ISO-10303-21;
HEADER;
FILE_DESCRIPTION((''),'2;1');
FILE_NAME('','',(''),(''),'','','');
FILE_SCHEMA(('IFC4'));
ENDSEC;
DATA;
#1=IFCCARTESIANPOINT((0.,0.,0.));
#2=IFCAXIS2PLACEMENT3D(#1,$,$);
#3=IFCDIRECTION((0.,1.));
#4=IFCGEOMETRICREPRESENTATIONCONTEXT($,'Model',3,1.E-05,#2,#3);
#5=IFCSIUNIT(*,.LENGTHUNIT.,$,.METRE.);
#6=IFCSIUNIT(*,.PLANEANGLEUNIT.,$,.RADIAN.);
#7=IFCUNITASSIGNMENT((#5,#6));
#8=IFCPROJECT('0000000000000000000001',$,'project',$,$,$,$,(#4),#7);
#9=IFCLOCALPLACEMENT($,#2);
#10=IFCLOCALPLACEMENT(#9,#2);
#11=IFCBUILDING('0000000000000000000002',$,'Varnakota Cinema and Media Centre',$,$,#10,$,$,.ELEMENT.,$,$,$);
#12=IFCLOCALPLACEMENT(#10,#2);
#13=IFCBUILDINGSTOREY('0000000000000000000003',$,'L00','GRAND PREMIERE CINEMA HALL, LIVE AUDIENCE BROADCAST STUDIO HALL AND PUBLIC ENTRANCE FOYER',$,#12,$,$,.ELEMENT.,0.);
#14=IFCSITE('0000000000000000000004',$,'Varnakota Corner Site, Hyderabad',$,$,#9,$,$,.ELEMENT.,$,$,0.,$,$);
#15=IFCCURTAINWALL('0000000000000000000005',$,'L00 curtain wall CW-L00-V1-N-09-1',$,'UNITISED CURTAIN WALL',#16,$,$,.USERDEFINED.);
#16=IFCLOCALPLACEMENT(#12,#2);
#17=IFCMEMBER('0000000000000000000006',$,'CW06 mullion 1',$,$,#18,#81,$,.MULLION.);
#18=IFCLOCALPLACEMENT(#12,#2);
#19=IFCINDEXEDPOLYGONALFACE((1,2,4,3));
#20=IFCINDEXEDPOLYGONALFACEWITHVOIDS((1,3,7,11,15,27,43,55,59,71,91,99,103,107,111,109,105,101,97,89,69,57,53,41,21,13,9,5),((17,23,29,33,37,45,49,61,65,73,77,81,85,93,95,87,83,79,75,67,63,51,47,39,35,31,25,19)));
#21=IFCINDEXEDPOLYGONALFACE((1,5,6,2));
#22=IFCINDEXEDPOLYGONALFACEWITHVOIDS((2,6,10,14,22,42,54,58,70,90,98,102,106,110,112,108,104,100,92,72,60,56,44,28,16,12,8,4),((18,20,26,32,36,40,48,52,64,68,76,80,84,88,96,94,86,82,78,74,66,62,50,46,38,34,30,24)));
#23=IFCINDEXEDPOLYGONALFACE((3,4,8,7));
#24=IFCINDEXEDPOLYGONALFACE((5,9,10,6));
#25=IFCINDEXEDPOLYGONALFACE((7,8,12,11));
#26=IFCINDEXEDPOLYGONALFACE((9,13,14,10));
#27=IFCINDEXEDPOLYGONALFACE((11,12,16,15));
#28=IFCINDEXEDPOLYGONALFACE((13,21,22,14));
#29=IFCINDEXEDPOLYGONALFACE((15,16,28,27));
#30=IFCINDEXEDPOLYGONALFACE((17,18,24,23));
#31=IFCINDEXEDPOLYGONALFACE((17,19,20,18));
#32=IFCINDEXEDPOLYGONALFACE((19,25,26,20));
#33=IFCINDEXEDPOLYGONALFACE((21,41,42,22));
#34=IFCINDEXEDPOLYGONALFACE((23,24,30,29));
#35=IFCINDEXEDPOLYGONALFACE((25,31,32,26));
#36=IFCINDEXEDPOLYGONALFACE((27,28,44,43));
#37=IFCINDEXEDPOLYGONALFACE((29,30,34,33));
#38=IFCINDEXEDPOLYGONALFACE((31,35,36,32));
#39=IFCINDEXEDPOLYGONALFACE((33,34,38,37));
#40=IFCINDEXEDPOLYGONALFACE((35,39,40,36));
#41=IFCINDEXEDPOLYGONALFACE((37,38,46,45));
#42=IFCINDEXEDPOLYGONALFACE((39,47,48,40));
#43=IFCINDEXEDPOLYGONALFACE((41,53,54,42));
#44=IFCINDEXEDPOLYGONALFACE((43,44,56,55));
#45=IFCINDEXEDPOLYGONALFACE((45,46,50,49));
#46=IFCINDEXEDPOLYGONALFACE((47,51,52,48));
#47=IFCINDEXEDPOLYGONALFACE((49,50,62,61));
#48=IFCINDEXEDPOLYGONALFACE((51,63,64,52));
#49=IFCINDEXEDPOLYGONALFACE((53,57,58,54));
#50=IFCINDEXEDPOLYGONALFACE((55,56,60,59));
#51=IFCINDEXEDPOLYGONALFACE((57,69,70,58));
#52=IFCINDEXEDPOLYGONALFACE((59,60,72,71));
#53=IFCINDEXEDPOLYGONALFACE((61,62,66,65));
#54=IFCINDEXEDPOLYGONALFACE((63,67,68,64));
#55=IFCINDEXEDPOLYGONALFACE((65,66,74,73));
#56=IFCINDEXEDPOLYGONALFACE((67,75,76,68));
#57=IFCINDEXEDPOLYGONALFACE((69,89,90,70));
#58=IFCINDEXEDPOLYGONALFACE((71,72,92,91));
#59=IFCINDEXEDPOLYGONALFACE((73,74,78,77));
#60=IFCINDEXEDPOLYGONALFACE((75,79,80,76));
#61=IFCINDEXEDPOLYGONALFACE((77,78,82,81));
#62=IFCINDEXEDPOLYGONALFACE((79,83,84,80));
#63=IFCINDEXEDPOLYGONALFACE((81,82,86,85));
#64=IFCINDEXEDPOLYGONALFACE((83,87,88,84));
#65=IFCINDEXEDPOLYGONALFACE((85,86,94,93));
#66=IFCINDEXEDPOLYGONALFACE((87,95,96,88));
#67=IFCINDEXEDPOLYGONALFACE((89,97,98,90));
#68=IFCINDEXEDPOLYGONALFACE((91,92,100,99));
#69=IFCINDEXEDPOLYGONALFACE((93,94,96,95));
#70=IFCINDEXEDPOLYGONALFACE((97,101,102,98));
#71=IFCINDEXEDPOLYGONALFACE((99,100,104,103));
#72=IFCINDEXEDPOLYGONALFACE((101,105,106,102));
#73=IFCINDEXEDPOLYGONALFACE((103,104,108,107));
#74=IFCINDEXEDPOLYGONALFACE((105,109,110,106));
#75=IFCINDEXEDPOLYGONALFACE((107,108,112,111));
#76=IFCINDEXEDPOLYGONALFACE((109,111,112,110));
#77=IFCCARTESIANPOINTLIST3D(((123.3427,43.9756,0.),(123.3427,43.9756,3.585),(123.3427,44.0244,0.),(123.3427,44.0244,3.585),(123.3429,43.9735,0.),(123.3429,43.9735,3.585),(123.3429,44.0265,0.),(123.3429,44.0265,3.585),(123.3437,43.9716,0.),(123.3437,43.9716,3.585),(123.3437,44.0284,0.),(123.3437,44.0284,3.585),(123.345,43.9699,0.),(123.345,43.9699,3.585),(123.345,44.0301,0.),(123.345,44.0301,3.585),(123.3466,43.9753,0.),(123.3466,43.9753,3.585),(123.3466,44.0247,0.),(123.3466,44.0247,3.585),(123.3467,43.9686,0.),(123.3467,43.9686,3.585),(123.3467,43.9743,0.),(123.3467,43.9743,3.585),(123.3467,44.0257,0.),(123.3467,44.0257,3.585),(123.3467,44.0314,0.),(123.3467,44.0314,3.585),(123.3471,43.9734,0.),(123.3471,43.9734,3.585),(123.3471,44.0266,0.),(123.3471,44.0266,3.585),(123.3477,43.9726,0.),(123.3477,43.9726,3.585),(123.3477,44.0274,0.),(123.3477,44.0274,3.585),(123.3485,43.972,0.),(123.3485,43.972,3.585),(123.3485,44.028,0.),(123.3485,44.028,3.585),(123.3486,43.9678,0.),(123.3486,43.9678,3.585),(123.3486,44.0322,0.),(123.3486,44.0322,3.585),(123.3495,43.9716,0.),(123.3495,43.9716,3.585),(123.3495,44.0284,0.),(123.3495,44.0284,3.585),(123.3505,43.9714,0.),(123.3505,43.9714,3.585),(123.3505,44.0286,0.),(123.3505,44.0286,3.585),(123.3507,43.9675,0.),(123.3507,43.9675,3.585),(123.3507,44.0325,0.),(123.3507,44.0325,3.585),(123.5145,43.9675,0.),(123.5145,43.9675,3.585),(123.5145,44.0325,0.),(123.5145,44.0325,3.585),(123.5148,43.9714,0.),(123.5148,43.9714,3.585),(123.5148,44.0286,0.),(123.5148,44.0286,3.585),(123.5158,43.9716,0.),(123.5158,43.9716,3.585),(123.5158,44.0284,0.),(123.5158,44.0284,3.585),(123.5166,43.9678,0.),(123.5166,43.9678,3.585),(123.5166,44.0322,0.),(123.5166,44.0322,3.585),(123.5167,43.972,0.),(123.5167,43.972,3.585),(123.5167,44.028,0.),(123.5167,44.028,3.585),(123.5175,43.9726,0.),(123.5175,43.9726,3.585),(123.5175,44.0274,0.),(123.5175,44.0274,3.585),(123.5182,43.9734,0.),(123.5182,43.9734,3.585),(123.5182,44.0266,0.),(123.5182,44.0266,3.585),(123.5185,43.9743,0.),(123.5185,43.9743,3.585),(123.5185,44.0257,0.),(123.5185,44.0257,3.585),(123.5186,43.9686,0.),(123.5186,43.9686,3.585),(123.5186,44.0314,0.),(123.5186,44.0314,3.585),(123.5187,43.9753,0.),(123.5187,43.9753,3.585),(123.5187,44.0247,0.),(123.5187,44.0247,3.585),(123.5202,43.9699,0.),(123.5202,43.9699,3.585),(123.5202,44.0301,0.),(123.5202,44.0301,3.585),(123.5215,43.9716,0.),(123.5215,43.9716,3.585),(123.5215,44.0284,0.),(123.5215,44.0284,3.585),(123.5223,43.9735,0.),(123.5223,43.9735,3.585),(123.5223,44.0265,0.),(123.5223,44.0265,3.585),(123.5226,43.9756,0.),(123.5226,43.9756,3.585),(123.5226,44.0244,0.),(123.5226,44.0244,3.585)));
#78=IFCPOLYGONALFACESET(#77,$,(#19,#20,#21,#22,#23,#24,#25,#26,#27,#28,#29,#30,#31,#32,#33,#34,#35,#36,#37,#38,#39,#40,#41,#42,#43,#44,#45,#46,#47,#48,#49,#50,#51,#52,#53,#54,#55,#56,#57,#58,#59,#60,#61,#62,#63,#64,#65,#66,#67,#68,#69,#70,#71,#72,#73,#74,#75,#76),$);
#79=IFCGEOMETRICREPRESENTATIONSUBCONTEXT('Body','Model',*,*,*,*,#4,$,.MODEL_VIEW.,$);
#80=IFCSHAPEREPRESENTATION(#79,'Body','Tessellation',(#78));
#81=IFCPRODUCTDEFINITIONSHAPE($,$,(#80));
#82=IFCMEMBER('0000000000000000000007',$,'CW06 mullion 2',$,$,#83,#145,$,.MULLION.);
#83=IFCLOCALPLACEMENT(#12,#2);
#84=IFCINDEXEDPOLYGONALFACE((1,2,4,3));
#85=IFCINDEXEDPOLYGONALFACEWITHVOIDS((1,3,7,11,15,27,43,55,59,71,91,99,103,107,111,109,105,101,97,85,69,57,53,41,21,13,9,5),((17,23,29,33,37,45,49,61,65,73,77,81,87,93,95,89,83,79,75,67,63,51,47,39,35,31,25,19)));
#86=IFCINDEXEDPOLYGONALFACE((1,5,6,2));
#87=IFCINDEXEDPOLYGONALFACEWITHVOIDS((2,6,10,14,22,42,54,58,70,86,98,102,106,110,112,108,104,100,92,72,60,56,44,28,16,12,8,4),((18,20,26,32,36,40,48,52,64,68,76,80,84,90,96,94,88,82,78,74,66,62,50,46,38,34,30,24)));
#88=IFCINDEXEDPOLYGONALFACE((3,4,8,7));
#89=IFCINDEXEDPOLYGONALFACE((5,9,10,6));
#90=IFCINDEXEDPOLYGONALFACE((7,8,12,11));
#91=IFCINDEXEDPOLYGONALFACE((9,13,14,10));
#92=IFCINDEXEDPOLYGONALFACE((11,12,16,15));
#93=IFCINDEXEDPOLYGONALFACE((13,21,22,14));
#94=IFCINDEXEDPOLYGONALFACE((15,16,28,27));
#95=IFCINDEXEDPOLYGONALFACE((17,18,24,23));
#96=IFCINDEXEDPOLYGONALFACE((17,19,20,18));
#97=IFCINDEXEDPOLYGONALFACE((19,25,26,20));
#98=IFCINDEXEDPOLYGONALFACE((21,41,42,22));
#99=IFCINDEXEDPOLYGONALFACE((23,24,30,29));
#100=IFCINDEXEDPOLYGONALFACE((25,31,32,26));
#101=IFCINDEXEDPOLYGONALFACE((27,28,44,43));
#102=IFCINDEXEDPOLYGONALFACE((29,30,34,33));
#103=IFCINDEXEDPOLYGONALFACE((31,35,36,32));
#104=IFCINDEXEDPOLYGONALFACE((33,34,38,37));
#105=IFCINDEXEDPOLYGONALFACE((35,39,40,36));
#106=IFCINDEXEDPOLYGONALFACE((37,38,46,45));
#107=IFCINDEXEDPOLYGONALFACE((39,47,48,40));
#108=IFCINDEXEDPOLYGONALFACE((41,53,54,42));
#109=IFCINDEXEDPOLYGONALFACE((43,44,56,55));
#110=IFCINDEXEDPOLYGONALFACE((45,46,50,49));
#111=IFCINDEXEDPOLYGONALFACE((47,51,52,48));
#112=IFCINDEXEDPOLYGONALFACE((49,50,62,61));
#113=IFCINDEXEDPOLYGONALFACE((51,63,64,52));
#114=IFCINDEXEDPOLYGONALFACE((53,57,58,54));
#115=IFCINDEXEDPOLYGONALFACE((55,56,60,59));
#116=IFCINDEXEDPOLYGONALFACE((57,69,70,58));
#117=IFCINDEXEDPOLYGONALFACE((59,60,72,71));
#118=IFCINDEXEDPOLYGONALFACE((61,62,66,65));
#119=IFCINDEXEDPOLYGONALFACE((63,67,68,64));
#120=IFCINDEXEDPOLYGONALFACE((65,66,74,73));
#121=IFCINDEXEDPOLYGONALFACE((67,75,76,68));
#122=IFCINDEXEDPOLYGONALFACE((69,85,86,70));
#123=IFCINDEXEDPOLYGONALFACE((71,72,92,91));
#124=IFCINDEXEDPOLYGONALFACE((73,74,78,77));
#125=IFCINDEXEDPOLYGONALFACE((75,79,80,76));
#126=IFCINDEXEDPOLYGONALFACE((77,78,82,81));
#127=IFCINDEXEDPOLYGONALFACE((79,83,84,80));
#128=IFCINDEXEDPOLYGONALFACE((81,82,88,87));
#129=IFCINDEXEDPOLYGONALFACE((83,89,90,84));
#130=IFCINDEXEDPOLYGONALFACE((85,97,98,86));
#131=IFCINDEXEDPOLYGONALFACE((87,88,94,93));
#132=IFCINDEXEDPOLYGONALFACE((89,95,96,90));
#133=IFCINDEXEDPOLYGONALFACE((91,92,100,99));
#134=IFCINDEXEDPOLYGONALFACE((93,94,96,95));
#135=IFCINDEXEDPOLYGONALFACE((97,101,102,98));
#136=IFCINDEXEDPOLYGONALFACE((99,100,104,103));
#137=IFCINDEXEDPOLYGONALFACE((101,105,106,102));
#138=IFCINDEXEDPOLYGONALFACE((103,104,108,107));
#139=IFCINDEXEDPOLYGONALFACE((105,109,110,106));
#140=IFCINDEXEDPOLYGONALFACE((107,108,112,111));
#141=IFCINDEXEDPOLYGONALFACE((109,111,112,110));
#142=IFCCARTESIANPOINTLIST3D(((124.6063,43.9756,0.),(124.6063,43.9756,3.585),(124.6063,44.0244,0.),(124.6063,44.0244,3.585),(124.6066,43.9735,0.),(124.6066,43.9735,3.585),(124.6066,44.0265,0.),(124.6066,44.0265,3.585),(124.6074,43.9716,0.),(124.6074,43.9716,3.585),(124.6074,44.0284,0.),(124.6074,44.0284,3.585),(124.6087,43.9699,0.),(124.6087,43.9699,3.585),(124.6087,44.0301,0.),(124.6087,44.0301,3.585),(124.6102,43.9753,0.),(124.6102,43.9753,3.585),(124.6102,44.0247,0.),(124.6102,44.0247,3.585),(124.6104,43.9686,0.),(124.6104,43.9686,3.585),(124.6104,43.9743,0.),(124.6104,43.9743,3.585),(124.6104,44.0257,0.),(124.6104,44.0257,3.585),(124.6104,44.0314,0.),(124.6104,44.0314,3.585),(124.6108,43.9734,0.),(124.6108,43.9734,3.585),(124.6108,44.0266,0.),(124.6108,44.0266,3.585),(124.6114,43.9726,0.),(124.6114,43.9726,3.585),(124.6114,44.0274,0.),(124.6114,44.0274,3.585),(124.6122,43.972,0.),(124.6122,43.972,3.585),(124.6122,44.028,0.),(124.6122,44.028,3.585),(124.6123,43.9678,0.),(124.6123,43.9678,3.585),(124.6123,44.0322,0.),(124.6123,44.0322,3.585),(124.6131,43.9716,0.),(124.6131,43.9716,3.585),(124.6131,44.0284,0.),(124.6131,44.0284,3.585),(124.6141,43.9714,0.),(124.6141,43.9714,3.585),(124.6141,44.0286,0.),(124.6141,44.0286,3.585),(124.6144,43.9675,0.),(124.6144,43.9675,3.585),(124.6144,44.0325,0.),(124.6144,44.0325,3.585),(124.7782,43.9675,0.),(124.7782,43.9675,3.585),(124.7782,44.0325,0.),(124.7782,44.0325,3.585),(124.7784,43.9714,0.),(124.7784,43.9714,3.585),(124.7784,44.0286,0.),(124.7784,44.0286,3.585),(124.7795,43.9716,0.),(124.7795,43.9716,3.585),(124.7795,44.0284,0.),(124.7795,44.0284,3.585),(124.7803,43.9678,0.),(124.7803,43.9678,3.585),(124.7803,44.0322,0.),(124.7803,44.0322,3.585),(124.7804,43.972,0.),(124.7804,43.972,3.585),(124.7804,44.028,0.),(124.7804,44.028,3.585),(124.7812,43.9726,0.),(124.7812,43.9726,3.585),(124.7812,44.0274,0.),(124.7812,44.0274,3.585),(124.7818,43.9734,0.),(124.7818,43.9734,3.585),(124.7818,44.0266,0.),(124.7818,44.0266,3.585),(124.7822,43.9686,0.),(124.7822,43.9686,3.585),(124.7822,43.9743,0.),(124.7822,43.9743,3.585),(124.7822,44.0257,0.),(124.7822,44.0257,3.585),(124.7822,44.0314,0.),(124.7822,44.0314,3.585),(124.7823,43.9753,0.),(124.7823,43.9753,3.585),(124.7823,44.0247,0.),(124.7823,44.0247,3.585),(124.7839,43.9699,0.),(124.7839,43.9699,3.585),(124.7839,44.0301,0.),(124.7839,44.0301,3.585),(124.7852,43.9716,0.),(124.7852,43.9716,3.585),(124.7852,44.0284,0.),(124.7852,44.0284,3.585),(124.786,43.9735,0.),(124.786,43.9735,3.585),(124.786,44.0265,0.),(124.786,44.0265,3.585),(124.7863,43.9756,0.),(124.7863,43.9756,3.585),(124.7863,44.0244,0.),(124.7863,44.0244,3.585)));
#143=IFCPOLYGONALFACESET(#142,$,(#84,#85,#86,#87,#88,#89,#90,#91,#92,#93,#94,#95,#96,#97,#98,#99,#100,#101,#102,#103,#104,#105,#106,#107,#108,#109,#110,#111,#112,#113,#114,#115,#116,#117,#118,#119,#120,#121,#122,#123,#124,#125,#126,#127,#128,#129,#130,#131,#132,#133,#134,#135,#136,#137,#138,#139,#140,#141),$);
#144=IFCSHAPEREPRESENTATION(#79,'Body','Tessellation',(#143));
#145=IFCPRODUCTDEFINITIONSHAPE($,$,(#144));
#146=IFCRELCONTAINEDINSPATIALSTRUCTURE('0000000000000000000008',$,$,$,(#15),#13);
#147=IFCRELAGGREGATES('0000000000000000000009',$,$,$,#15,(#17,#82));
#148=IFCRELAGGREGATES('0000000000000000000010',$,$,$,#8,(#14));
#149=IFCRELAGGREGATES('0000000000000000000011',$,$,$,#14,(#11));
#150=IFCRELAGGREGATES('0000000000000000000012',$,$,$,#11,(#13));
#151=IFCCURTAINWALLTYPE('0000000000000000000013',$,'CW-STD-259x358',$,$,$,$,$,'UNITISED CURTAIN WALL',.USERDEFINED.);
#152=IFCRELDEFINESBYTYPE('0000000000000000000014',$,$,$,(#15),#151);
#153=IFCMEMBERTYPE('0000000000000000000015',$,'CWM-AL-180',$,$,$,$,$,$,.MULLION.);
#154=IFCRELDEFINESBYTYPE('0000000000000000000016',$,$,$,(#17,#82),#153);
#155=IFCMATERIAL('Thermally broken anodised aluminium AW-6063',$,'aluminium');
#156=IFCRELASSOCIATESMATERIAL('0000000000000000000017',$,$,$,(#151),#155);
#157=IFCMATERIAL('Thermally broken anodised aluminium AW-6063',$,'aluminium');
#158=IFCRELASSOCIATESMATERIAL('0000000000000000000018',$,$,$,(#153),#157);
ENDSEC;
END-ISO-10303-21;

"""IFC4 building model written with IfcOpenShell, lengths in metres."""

from ifc_helpers import new_model, si_unit, direction, frame, origin, origin_2d, place, context, subcontext, project, spatial, hollow_rectangle, extrude, material, material_profile, profile_set, type_object, element, aggregate, save


model = new_model("IFC4")

# Units and contexts
model_context = context("Model", 3, precision=1e-05, world=origin(), true_north=direction((0.0, 1.0)))
body_context = subcontext(model_context, "Body", "Model", "MODEL_VIEW")
ifc_project = project(units=[si_unit("LENGTHUNIT", "METRE"), si_unit("PLANEANGLEUNIT", "RADIAN")], contexts=[model_context])

# Site, building, storey
site_placement = place(None, origin())
site = spatial("IfcSite", under=ifc_project, at=site_placement, Name="Varnakota Corner Site, Hyderabad", CompositionType="ELEMENT", RefElevation=0.0)
building_placement = place(site_placement, origin())
building = spatial("IfcBuilding", under=site, at=building_placement, Name="Varnakota Cinema and Media Centre", CompositionType="ELEMENT")
storey_placement = place(building_placement, origin())
storey = spatial("IfcBuildingStorey", under=building, at=storey_placement, Name="L00", Description="GRAND PREMIERE CINEMA HALL, LIVE AUDIENCE BROADCAST STUDIO HALL AND PUBLIC ENTRANCE FOYER", CompositionType="ELEMENT", Elevation=0.0)

# Curtain wall, members
ifc_material_1 = material(Name="Thermally broken anodised aluminium AW-6063", Category="aluminium")
curtain_wall_type = type_object("IfcCurtainWallType", Name="CW-STD-259x358", ElementType="UNITISED CURTAIN WALL", PredefinedType="USERDEFINED", material=ifc_material_1)
ifc_material_2 = material(Name="Thermally broken anodised aluminium AW-6063", Category="aluminium")
ifc_material_profile_1 = material_profile(ifc_material_2, hollow_rectangle(XDim=0.0649, YDim=0.1799, WallThickness=0.0039, InnerFilletRadius=0.0039, OuterFilletRadius=0.0081, at=origin_2d()), Name="AL-MULLION 180x65x4")
ifc_profile_set_1 = profile_set([ifc_material_profile_1], Name="Thermally broken anodised aluminium AW-6063")
member_type_1 = type_object("IfcMemberType", Name="CWM-AL-180", PredefinedType="MULLION", material=ifc_profile_set_1)
curtain_wall_1_placement = place(storey_placement, origin())
curtain_wall_1 = element("IfcCurtainWall", 1, at=curtain_wall_1_placement, inside=storey, type_object=curtain_wall_type, Name="L00 curtain wall CW-L00-V1-N-09-1", ObjectType="UNITISED CURTAIN WALL", PredefinedType="USERDEFINED")
member_1_placement = place(storey_placement, frame((123.4326, 44.0, 0.0), z_axis=(0.0, 0.0, 1.0), x_axis=(0.0, 1.0, 0.0)))
member_1 = element("IfcMember", 2, at=member_1_placement, type_object=member_type_1, Name="CW06 mullion 1", PredefinedType="MULLION", context=body_context, shape_type="SweptSolid", body=[
    extrude(hollow_rectangle(XDim=0.0649, YDim=0.1799, WallThickness=0.0039, InnerFilletRadius=0.0039, OuterFilletRadius=0.0081, at=origin_2d()), origin(), (0.0, 0.0, 1.0), 3.585),
])
member_2_placement = place(storey_placement, frame((124.6963, 44.0, 0.0), z_axis=(0.0, 0.0, 1.0), x_axis=(0.0, 1.0, 0.0)))
member_2 = element("IfcMember", 3, at=member_2_placement, type_object=member_type_1, Name="CW06 mullion 2", PredefinedType="MULLION", context=body_context, shape_type="SweptSolid", body=[
    extrude(hollow_rectangle(XDim=0.0649, YDim=0.1799, WallThickness=0.0039, InnerFilletRadius=0.0039, OuterFilletRadius=0.0081, at=origin_2d()), origin(), (0.0, 0.0, 1.0), 3.585),
])

aggregate(curtain_wall_1, [member_1, member_2])

save(model, "model.ifc")
